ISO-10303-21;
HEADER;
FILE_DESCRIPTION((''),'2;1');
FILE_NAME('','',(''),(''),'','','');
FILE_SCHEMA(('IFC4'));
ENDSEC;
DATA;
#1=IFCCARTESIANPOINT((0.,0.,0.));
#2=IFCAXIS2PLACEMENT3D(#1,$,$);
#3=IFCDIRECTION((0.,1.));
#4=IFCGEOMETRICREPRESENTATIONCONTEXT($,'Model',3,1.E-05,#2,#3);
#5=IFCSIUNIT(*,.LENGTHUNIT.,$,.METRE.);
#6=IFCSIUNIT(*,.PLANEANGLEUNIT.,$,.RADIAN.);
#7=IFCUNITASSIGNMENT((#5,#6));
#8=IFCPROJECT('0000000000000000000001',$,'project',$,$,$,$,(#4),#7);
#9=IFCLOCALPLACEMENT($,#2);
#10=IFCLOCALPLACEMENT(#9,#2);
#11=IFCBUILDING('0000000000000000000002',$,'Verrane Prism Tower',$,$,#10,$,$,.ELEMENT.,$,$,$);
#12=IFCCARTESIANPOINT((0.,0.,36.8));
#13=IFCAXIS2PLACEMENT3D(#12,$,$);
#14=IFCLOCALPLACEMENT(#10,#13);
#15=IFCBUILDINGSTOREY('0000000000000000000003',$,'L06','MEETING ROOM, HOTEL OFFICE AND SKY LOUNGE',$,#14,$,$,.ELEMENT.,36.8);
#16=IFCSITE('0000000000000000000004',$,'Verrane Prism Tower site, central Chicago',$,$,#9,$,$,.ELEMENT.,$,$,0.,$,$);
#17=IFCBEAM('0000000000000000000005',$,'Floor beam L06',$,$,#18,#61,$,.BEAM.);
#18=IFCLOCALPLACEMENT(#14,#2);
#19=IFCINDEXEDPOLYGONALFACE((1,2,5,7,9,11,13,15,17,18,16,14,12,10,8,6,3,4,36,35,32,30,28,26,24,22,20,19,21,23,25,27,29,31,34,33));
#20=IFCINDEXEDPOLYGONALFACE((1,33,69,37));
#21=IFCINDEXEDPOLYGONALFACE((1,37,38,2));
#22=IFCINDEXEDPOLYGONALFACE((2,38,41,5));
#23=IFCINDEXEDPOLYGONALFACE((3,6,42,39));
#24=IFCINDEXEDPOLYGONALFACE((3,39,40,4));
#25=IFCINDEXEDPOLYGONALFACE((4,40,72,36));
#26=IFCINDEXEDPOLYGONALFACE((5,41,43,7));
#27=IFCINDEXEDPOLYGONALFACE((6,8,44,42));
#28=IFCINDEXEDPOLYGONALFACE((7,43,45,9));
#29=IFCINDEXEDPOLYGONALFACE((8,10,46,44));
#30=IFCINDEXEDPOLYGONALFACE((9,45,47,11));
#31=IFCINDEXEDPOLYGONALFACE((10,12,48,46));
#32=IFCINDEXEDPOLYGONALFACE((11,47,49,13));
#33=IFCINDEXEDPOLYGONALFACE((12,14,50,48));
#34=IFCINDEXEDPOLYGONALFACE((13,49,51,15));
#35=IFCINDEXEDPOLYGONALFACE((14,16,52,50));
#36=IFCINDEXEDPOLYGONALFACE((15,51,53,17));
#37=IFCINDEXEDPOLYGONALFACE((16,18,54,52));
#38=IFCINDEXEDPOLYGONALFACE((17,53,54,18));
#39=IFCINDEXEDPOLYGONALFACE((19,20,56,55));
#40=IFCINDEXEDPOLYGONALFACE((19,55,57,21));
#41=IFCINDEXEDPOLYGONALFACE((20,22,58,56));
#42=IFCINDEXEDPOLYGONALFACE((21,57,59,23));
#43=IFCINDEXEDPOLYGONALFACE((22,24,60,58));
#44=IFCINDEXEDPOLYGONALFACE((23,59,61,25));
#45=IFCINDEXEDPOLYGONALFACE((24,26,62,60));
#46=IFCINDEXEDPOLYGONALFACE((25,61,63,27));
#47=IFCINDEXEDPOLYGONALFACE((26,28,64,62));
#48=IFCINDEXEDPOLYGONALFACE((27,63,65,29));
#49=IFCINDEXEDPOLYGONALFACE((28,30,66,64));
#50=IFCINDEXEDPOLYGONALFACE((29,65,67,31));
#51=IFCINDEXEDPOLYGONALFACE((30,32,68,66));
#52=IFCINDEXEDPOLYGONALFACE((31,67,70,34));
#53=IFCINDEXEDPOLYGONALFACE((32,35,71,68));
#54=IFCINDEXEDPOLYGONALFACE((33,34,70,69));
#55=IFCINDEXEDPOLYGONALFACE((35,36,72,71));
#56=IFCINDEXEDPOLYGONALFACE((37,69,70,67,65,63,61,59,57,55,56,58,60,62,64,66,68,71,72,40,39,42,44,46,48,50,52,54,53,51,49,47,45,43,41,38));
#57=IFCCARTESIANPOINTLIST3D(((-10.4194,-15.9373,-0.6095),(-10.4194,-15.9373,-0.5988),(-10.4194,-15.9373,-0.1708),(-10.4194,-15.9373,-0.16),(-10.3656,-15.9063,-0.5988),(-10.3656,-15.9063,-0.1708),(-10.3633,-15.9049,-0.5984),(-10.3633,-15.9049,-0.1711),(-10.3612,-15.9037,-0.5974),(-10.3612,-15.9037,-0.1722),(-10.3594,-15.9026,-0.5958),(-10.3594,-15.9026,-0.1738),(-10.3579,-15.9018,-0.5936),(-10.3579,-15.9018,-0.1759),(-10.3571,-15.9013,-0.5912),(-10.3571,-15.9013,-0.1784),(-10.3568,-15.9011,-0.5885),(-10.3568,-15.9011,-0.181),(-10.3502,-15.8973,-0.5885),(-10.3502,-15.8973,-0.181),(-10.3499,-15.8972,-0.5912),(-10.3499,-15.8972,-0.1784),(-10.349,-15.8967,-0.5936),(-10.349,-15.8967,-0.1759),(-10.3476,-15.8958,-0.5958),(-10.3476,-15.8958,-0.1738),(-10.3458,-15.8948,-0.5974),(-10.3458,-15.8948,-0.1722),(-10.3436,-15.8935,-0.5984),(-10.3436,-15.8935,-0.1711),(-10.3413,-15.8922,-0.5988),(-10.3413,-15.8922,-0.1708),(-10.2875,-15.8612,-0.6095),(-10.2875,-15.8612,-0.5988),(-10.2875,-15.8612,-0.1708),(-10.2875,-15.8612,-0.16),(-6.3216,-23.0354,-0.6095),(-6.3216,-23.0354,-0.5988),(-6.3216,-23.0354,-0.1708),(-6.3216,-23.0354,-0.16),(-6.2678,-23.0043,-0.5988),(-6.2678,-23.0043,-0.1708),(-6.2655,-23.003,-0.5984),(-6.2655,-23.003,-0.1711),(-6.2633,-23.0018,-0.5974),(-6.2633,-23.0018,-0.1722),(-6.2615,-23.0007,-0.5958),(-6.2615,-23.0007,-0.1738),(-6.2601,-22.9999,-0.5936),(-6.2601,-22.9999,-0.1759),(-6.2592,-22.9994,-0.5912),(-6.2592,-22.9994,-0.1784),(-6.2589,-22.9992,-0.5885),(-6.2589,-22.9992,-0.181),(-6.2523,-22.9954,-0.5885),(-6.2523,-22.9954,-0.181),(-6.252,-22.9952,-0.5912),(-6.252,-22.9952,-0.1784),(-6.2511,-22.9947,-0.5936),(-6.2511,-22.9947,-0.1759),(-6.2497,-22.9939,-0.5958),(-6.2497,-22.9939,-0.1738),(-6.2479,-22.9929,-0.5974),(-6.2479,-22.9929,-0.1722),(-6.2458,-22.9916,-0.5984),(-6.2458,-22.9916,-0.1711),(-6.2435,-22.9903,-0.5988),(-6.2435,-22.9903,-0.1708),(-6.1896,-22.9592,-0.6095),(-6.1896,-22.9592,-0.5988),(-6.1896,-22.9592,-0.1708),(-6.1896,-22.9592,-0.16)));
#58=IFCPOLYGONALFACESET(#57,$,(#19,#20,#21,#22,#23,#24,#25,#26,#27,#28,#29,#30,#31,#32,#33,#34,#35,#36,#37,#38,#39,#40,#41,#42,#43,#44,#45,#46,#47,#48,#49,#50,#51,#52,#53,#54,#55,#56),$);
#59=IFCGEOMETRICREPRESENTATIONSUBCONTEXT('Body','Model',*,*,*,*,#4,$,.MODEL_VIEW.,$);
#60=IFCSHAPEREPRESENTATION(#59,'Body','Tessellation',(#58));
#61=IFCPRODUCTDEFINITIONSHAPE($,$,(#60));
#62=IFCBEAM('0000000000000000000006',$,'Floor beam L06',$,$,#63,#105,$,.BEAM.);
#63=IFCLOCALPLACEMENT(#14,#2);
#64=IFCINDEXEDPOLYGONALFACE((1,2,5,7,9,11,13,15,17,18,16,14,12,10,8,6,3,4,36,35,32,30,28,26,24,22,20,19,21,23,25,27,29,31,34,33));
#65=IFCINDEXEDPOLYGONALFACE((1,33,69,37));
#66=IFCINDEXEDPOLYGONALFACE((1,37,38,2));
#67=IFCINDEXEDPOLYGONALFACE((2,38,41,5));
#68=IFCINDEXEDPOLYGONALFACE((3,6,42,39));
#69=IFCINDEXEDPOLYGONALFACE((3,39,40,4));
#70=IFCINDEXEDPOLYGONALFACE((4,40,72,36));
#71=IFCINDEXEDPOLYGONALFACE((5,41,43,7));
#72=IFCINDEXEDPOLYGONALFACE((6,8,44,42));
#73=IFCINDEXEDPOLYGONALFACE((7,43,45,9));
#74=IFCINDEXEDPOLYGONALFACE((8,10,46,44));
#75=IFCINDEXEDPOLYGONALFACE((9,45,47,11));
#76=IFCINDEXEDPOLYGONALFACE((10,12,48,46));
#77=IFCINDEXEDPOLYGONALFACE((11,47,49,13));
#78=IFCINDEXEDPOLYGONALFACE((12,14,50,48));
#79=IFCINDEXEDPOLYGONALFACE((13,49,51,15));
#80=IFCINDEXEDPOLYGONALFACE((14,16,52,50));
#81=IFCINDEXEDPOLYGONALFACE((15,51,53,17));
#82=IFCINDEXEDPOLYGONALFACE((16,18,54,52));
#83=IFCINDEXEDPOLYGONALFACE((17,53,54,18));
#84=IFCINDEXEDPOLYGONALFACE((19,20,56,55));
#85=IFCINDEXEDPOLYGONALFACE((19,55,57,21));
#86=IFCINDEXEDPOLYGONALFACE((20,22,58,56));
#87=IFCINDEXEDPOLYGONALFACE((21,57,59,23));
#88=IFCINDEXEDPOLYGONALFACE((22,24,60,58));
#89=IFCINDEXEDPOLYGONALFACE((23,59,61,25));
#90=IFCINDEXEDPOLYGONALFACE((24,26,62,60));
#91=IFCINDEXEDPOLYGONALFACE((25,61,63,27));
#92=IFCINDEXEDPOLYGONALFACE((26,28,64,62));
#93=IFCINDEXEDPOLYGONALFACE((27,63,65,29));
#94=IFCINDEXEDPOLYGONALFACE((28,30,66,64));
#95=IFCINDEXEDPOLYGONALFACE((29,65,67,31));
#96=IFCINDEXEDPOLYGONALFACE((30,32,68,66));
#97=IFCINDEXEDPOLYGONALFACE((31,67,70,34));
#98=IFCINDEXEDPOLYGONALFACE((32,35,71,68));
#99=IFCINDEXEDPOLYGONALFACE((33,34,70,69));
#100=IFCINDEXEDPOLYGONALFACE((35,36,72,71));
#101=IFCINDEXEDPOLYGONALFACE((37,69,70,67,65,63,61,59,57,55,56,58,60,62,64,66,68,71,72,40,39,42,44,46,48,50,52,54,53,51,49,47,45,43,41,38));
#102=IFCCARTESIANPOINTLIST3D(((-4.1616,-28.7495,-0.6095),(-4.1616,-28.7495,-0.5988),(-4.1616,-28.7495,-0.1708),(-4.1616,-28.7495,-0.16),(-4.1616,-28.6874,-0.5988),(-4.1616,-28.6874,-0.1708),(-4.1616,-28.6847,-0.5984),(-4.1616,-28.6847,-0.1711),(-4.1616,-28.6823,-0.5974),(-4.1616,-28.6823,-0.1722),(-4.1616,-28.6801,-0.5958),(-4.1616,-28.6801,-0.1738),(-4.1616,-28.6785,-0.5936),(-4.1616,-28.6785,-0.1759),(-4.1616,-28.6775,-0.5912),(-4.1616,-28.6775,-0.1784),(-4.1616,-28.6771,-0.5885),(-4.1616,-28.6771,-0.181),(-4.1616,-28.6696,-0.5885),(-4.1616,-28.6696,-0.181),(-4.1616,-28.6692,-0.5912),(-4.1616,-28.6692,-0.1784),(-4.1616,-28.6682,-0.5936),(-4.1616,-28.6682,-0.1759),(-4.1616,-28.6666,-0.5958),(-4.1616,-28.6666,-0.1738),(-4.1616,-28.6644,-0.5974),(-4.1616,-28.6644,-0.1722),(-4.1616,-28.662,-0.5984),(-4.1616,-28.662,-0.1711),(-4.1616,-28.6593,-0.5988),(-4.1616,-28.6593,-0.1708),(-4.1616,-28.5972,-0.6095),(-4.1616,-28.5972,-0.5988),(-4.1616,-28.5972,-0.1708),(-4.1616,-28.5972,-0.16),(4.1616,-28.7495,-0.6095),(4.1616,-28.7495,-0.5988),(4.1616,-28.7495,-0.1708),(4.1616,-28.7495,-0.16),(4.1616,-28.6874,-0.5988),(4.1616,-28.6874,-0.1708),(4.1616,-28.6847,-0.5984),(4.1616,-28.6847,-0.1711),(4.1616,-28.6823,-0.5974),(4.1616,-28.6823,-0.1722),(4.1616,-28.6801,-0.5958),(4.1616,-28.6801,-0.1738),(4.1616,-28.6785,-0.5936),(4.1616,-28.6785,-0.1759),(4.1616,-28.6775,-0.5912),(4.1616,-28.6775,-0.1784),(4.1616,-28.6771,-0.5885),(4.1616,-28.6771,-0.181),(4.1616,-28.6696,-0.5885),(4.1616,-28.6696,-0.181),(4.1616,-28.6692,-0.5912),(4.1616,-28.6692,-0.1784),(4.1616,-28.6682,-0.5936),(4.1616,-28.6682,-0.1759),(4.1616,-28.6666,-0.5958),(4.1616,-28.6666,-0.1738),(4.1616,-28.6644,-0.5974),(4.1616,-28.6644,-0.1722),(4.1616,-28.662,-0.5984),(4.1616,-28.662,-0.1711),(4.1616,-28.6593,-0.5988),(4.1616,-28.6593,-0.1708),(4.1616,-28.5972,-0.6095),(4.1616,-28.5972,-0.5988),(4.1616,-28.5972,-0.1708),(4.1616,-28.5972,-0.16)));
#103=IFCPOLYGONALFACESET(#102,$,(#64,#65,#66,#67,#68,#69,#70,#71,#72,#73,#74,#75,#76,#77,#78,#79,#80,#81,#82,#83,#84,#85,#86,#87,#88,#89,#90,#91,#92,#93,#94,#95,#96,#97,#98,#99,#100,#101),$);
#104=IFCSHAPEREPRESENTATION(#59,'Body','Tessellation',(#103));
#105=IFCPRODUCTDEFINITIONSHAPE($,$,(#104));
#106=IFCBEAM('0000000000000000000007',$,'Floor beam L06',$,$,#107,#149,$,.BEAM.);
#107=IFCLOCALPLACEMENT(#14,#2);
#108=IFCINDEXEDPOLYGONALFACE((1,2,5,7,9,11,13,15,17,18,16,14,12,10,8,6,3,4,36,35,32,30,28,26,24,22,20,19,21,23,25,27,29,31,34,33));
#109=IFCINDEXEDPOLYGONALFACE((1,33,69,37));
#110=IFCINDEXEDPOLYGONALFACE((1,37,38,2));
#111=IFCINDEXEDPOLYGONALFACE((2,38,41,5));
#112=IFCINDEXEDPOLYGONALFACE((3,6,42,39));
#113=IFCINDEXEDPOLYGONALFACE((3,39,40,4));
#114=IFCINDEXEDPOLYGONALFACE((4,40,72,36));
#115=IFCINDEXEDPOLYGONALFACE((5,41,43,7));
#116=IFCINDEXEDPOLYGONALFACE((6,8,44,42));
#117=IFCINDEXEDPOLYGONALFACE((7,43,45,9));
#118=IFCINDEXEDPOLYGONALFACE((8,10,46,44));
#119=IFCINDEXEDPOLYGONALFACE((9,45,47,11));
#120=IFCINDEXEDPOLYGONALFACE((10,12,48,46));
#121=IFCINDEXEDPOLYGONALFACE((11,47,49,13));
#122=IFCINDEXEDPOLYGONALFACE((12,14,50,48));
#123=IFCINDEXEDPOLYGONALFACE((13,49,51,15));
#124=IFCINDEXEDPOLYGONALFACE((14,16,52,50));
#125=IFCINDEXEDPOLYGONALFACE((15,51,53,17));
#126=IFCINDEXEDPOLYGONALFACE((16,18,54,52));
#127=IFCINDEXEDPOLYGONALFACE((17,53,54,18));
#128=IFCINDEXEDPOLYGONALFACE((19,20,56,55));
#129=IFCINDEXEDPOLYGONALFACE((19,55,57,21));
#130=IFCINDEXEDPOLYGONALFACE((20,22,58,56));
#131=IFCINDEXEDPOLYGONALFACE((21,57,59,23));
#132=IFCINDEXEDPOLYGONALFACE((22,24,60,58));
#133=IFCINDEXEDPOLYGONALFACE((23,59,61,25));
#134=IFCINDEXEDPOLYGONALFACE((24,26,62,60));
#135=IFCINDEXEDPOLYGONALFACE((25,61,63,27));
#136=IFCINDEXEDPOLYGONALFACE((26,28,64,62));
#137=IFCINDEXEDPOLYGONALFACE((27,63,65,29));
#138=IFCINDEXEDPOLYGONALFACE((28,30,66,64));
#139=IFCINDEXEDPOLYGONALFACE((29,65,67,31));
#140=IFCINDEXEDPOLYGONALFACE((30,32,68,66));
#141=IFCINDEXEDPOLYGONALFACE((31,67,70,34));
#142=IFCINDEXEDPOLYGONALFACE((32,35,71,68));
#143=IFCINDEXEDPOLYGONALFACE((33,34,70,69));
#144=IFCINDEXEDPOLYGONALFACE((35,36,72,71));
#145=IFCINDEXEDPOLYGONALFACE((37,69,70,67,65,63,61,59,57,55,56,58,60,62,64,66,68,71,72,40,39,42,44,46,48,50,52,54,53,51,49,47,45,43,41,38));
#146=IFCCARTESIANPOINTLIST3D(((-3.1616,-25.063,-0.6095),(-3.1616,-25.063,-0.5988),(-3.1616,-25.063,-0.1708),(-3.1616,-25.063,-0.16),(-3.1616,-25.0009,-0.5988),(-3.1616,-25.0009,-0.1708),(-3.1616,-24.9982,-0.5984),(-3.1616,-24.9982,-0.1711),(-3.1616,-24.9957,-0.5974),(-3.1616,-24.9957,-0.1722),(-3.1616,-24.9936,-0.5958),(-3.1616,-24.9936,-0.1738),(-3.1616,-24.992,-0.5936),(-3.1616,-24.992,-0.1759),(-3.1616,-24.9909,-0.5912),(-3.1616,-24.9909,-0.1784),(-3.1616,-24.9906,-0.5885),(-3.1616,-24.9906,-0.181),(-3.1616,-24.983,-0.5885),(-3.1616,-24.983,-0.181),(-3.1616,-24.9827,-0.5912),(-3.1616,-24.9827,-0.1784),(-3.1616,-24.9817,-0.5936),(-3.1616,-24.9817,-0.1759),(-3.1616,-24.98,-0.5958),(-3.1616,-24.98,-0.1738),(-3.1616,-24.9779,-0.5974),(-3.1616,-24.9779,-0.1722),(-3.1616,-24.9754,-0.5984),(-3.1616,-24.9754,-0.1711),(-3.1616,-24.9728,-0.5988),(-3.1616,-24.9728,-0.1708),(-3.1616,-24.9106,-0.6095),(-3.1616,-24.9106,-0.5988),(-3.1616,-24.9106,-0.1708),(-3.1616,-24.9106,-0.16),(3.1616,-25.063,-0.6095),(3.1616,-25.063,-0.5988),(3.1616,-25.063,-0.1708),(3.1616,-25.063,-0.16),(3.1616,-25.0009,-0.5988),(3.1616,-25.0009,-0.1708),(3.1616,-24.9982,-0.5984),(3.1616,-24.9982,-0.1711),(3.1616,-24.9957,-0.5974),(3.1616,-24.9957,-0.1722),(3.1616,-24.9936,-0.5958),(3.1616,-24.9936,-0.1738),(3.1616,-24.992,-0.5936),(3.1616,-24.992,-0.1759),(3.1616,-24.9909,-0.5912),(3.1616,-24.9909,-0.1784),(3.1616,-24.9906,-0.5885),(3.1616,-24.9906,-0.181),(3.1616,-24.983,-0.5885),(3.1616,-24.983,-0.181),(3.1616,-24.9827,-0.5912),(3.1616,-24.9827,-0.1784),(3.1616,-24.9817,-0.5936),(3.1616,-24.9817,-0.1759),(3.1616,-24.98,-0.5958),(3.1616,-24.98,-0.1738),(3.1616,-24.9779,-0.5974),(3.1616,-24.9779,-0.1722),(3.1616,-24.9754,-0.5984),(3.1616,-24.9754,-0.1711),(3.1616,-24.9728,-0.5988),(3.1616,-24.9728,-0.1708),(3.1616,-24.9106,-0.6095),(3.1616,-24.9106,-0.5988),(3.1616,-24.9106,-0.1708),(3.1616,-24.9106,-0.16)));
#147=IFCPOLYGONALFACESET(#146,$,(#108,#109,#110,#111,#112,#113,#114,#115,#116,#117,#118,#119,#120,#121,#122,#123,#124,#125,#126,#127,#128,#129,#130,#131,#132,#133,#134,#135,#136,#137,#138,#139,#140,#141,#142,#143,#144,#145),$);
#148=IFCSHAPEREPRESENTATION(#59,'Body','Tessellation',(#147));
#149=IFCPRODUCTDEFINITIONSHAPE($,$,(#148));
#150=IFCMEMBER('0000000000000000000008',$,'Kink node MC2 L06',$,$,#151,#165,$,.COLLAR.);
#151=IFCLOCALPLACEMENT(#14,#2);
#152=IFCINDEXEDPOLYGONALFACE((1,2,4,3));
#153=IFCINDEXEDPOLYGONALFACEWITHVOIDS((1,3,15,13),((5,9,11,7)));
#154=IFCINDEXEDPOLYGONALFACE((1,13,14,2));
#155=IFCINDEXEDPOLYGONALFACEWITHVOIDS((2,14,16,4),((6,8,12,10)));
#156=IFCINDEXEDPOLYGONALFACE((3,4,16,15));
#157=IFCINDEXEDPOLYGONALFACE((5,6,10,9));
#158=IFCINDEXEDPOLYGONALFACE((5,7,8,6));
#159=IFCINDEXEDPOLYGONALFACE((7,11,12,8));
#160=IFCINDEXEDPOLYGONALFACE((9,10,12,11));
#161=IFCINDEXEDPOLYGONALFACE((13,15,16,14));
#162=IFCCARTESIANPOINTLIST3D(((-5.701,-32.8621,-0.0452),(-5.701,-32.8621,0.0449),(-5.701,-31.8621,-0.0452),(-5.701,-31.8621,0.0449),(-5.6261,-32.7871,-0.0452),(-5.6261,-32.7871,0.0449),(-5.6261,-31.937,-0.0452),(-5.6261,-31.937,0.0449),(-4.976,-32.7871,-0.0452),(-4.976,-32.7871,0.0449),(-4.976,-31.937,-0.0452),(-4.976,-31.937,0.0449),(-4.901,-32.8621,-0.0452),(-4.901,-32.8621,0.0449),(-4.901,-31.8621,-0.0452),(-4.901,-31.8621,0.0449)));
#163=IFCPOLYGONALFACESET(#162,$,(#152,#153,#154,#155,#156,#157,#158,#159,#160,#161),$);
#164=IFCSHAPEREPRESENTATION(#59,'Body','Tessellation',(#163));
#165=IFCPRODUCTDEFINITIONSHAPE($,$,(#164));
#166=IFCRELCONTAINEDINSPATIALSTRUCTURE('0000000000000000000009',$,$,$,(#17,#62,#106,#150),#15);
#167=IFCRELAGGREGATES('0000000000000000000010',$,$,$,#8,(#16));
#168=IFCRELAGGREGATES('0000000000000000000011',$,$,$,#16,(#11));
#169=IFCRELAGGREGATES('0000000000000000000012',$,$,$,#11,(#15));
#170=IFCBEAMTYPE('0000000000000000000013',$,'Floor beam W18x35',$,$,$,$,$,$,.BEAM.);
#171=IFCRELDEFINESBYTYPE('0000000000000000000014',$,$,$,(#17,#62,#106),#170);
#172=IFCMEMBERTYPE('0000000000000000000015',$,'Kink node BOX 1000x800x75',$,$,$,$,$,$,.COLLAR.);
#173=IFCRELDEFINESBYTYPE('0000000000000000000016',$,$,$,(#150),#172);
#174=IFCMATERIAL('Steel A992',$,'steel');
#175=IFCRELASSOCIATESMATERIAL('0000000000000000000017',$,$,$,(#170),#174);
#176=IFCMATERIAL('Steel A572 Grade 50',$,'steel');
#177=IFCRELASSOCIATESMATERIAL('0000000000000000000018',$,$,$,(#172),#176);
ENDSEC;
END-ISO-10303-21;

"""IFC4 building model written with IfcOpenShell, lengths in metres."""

from ifc_helpers import new_model, si_unit, direction, frame, origin, origin_2d, place, context, subcontext, project, spatial, hollow_rectangle, i_section, extrude, material, material_profile, profile_set, type_object, element, save


model = new_model("IFC4")

# Units and contexts
model_context = context("Model", 3, precision=1e-05, world=origin(), true_north=direction((0.0, 1.0)))
body_context = subcontext(model_context, "Body", "Model", "MODEL_VIEW")
ifc_project = project(units=[si_unit("LENGTHUNIT", "METRE"), si_unit("PLANEANGLEUNIT", "RADIAN")], contexts=[model_context])

# Site, building, storey
site_placement = place(None, origin())
site = spatial("IfcSite", under=ifc_project, at=site_placement, Name="Verrane Prism Tower site, central Chicago", CompositionType="ELEMENT", RefElevation=0.0)
building_placement = place(site_placement, origin())
building = spatial("IfcBuilding", under=site, at=building_placement, Name="Verrane Prism Tower", CompositionType="ELEMENT")
storey_placement = place(building_placement, frame((0.0, 0.0, 36.8)))
storey = spatial("IfcBuildingStorey", under=building, at=storey_placement, Name="L06", Description="MEETING ROOM, HOTEL OFFICE AND SKY LOUNGE", CompositionType="ELEMENT", Elevation=36.8)

# Beams
ifc_material_1 = material(Name="Steel A992", Category="steel")
ifc_material_profile_1 = material_profile(ifc_material_1, i_section(OverallWidth=0.1523, OverallDepth=0.4495, WebThickness=0.0076, FlangeThickness=0.0107, FilletRadius=0.0103, at=origin_2d()), Name="W18x35")
ifc_profile_set_1 = profile_set([ifc_material_profile_1], Name="Steel A992")
beam_type_1 = type_object("IfcBeamType", Name="Floor beam W18x35", PredefinedType="BEAM", material=ifc_profile_set_1)
beam_1_placement = place(storey_placement, frame((-6.2556, -22.9973, -0.3848), z_axis=(-0.49998, 0.866037, 0.0), x_axis=(-0.866037, -0.49998, 0.0)))
element("IfcBeam", 1, at=beam_1_placement, inside=storey, type_object=beam_type_1, Name="Floor beam L06", PredefinedType="BEAM", context=body_context, shape_type="SweptSolid", body=[
    extrude(i_section(OverallWidth=0.1523, OverallDepth=0.4495, WebThickness=0.0076, FlangeThickness=0.0107, FilletRadius=0.0103, at=origin_2d()), origin(), (0.0, 0.0, 1.0), 8.196),
])
beam_2_placement = place(storey_placement, frame((-4.1616, -28.6733, -0.3848), z_axis=(1.0, 0.0, 0.0), x_axis=(0.0, 1.0, 0.0)))
element("IfcBeam", 2, at=beam_2_placement, inside=storey, type_object=beam_type_1, Name="Floor beam L06", PredefinedType="BEAM", context=body_context, shape_type="SweptSolid", body=[
    extrude(i_section(OverallWidth=0.1523, OverallDepth=0.4495, WebThickness=0.0076, FlangeThickness=0.0107, FilletRadius=0.0103, at=origin_2d()), origin(), (0.0, 0.0, 1.0), 8.3232),
])
beam_3_placement = place(storey_placement, frame((-3.1616, -24.9868, -0.3848), z_axis=(1.0, 0.0, 0.0), x_axis=(0.0, 1.0, 0.0)))
element("IfcBeam", 3, at=beam_3_placement, inside=storey, type_object=beam_type_1, Name="Floor beam L06", PredefinedType="BEAM", context=body_context, shape_type="SweptSolid", body=[
    extrude(i_section(OverallWidth=0.1523, OverallDepth=0.4495, WebThickness=0.0076, FlangeThickness=0.0107, FilletRadius=0.0103, at=origin_2d()), origin(), (0.0, 0.0, 1.0), 6.3232),
])

# Member
ifc_material_2 = material(Name="Steel A572 Grade 50", Category="steel")
ifc_material_profile_2 = material_profile(ifc_material_2, hollow_rectangle(XDim=0.8, YDim=1.0, WallThickness=0.075, at=origin_2d()), Name="BOX 1000x800x75")
ifc_profile_set_2 = profile_set([ifc_material_profile_2], Name="Steel A572 Grade 50")
member_type_1 = type_object("IfcMemberType", Name="Kink node BOX 1000x800x75", PredefinedType="COLLAR", material=ifc_profile_set_2)
member_1_placement = place(storey_placement, frame((-5.301, -32.3621, -0.0452), z_axis=(0.0, 0.0, 1.0), x_axis=(-1.0, 0.0, 0.0)))
element("IfcMember", 4, at=member_1_placement, inside=storey, type_object=member_type_1, Name="Kink node MC2 L06", PredefinedType="COLLAR", context=body_context, shape_type="SweptSolid", body=[
    extrude(hollow_rectangle(XDim=0.8, YDim=1.0, WallThickness=0.075, at=origin_2d()), origin(), (0.0, 0.0, 1.0), 0.0901),
])

save(model, "model.ifc")
